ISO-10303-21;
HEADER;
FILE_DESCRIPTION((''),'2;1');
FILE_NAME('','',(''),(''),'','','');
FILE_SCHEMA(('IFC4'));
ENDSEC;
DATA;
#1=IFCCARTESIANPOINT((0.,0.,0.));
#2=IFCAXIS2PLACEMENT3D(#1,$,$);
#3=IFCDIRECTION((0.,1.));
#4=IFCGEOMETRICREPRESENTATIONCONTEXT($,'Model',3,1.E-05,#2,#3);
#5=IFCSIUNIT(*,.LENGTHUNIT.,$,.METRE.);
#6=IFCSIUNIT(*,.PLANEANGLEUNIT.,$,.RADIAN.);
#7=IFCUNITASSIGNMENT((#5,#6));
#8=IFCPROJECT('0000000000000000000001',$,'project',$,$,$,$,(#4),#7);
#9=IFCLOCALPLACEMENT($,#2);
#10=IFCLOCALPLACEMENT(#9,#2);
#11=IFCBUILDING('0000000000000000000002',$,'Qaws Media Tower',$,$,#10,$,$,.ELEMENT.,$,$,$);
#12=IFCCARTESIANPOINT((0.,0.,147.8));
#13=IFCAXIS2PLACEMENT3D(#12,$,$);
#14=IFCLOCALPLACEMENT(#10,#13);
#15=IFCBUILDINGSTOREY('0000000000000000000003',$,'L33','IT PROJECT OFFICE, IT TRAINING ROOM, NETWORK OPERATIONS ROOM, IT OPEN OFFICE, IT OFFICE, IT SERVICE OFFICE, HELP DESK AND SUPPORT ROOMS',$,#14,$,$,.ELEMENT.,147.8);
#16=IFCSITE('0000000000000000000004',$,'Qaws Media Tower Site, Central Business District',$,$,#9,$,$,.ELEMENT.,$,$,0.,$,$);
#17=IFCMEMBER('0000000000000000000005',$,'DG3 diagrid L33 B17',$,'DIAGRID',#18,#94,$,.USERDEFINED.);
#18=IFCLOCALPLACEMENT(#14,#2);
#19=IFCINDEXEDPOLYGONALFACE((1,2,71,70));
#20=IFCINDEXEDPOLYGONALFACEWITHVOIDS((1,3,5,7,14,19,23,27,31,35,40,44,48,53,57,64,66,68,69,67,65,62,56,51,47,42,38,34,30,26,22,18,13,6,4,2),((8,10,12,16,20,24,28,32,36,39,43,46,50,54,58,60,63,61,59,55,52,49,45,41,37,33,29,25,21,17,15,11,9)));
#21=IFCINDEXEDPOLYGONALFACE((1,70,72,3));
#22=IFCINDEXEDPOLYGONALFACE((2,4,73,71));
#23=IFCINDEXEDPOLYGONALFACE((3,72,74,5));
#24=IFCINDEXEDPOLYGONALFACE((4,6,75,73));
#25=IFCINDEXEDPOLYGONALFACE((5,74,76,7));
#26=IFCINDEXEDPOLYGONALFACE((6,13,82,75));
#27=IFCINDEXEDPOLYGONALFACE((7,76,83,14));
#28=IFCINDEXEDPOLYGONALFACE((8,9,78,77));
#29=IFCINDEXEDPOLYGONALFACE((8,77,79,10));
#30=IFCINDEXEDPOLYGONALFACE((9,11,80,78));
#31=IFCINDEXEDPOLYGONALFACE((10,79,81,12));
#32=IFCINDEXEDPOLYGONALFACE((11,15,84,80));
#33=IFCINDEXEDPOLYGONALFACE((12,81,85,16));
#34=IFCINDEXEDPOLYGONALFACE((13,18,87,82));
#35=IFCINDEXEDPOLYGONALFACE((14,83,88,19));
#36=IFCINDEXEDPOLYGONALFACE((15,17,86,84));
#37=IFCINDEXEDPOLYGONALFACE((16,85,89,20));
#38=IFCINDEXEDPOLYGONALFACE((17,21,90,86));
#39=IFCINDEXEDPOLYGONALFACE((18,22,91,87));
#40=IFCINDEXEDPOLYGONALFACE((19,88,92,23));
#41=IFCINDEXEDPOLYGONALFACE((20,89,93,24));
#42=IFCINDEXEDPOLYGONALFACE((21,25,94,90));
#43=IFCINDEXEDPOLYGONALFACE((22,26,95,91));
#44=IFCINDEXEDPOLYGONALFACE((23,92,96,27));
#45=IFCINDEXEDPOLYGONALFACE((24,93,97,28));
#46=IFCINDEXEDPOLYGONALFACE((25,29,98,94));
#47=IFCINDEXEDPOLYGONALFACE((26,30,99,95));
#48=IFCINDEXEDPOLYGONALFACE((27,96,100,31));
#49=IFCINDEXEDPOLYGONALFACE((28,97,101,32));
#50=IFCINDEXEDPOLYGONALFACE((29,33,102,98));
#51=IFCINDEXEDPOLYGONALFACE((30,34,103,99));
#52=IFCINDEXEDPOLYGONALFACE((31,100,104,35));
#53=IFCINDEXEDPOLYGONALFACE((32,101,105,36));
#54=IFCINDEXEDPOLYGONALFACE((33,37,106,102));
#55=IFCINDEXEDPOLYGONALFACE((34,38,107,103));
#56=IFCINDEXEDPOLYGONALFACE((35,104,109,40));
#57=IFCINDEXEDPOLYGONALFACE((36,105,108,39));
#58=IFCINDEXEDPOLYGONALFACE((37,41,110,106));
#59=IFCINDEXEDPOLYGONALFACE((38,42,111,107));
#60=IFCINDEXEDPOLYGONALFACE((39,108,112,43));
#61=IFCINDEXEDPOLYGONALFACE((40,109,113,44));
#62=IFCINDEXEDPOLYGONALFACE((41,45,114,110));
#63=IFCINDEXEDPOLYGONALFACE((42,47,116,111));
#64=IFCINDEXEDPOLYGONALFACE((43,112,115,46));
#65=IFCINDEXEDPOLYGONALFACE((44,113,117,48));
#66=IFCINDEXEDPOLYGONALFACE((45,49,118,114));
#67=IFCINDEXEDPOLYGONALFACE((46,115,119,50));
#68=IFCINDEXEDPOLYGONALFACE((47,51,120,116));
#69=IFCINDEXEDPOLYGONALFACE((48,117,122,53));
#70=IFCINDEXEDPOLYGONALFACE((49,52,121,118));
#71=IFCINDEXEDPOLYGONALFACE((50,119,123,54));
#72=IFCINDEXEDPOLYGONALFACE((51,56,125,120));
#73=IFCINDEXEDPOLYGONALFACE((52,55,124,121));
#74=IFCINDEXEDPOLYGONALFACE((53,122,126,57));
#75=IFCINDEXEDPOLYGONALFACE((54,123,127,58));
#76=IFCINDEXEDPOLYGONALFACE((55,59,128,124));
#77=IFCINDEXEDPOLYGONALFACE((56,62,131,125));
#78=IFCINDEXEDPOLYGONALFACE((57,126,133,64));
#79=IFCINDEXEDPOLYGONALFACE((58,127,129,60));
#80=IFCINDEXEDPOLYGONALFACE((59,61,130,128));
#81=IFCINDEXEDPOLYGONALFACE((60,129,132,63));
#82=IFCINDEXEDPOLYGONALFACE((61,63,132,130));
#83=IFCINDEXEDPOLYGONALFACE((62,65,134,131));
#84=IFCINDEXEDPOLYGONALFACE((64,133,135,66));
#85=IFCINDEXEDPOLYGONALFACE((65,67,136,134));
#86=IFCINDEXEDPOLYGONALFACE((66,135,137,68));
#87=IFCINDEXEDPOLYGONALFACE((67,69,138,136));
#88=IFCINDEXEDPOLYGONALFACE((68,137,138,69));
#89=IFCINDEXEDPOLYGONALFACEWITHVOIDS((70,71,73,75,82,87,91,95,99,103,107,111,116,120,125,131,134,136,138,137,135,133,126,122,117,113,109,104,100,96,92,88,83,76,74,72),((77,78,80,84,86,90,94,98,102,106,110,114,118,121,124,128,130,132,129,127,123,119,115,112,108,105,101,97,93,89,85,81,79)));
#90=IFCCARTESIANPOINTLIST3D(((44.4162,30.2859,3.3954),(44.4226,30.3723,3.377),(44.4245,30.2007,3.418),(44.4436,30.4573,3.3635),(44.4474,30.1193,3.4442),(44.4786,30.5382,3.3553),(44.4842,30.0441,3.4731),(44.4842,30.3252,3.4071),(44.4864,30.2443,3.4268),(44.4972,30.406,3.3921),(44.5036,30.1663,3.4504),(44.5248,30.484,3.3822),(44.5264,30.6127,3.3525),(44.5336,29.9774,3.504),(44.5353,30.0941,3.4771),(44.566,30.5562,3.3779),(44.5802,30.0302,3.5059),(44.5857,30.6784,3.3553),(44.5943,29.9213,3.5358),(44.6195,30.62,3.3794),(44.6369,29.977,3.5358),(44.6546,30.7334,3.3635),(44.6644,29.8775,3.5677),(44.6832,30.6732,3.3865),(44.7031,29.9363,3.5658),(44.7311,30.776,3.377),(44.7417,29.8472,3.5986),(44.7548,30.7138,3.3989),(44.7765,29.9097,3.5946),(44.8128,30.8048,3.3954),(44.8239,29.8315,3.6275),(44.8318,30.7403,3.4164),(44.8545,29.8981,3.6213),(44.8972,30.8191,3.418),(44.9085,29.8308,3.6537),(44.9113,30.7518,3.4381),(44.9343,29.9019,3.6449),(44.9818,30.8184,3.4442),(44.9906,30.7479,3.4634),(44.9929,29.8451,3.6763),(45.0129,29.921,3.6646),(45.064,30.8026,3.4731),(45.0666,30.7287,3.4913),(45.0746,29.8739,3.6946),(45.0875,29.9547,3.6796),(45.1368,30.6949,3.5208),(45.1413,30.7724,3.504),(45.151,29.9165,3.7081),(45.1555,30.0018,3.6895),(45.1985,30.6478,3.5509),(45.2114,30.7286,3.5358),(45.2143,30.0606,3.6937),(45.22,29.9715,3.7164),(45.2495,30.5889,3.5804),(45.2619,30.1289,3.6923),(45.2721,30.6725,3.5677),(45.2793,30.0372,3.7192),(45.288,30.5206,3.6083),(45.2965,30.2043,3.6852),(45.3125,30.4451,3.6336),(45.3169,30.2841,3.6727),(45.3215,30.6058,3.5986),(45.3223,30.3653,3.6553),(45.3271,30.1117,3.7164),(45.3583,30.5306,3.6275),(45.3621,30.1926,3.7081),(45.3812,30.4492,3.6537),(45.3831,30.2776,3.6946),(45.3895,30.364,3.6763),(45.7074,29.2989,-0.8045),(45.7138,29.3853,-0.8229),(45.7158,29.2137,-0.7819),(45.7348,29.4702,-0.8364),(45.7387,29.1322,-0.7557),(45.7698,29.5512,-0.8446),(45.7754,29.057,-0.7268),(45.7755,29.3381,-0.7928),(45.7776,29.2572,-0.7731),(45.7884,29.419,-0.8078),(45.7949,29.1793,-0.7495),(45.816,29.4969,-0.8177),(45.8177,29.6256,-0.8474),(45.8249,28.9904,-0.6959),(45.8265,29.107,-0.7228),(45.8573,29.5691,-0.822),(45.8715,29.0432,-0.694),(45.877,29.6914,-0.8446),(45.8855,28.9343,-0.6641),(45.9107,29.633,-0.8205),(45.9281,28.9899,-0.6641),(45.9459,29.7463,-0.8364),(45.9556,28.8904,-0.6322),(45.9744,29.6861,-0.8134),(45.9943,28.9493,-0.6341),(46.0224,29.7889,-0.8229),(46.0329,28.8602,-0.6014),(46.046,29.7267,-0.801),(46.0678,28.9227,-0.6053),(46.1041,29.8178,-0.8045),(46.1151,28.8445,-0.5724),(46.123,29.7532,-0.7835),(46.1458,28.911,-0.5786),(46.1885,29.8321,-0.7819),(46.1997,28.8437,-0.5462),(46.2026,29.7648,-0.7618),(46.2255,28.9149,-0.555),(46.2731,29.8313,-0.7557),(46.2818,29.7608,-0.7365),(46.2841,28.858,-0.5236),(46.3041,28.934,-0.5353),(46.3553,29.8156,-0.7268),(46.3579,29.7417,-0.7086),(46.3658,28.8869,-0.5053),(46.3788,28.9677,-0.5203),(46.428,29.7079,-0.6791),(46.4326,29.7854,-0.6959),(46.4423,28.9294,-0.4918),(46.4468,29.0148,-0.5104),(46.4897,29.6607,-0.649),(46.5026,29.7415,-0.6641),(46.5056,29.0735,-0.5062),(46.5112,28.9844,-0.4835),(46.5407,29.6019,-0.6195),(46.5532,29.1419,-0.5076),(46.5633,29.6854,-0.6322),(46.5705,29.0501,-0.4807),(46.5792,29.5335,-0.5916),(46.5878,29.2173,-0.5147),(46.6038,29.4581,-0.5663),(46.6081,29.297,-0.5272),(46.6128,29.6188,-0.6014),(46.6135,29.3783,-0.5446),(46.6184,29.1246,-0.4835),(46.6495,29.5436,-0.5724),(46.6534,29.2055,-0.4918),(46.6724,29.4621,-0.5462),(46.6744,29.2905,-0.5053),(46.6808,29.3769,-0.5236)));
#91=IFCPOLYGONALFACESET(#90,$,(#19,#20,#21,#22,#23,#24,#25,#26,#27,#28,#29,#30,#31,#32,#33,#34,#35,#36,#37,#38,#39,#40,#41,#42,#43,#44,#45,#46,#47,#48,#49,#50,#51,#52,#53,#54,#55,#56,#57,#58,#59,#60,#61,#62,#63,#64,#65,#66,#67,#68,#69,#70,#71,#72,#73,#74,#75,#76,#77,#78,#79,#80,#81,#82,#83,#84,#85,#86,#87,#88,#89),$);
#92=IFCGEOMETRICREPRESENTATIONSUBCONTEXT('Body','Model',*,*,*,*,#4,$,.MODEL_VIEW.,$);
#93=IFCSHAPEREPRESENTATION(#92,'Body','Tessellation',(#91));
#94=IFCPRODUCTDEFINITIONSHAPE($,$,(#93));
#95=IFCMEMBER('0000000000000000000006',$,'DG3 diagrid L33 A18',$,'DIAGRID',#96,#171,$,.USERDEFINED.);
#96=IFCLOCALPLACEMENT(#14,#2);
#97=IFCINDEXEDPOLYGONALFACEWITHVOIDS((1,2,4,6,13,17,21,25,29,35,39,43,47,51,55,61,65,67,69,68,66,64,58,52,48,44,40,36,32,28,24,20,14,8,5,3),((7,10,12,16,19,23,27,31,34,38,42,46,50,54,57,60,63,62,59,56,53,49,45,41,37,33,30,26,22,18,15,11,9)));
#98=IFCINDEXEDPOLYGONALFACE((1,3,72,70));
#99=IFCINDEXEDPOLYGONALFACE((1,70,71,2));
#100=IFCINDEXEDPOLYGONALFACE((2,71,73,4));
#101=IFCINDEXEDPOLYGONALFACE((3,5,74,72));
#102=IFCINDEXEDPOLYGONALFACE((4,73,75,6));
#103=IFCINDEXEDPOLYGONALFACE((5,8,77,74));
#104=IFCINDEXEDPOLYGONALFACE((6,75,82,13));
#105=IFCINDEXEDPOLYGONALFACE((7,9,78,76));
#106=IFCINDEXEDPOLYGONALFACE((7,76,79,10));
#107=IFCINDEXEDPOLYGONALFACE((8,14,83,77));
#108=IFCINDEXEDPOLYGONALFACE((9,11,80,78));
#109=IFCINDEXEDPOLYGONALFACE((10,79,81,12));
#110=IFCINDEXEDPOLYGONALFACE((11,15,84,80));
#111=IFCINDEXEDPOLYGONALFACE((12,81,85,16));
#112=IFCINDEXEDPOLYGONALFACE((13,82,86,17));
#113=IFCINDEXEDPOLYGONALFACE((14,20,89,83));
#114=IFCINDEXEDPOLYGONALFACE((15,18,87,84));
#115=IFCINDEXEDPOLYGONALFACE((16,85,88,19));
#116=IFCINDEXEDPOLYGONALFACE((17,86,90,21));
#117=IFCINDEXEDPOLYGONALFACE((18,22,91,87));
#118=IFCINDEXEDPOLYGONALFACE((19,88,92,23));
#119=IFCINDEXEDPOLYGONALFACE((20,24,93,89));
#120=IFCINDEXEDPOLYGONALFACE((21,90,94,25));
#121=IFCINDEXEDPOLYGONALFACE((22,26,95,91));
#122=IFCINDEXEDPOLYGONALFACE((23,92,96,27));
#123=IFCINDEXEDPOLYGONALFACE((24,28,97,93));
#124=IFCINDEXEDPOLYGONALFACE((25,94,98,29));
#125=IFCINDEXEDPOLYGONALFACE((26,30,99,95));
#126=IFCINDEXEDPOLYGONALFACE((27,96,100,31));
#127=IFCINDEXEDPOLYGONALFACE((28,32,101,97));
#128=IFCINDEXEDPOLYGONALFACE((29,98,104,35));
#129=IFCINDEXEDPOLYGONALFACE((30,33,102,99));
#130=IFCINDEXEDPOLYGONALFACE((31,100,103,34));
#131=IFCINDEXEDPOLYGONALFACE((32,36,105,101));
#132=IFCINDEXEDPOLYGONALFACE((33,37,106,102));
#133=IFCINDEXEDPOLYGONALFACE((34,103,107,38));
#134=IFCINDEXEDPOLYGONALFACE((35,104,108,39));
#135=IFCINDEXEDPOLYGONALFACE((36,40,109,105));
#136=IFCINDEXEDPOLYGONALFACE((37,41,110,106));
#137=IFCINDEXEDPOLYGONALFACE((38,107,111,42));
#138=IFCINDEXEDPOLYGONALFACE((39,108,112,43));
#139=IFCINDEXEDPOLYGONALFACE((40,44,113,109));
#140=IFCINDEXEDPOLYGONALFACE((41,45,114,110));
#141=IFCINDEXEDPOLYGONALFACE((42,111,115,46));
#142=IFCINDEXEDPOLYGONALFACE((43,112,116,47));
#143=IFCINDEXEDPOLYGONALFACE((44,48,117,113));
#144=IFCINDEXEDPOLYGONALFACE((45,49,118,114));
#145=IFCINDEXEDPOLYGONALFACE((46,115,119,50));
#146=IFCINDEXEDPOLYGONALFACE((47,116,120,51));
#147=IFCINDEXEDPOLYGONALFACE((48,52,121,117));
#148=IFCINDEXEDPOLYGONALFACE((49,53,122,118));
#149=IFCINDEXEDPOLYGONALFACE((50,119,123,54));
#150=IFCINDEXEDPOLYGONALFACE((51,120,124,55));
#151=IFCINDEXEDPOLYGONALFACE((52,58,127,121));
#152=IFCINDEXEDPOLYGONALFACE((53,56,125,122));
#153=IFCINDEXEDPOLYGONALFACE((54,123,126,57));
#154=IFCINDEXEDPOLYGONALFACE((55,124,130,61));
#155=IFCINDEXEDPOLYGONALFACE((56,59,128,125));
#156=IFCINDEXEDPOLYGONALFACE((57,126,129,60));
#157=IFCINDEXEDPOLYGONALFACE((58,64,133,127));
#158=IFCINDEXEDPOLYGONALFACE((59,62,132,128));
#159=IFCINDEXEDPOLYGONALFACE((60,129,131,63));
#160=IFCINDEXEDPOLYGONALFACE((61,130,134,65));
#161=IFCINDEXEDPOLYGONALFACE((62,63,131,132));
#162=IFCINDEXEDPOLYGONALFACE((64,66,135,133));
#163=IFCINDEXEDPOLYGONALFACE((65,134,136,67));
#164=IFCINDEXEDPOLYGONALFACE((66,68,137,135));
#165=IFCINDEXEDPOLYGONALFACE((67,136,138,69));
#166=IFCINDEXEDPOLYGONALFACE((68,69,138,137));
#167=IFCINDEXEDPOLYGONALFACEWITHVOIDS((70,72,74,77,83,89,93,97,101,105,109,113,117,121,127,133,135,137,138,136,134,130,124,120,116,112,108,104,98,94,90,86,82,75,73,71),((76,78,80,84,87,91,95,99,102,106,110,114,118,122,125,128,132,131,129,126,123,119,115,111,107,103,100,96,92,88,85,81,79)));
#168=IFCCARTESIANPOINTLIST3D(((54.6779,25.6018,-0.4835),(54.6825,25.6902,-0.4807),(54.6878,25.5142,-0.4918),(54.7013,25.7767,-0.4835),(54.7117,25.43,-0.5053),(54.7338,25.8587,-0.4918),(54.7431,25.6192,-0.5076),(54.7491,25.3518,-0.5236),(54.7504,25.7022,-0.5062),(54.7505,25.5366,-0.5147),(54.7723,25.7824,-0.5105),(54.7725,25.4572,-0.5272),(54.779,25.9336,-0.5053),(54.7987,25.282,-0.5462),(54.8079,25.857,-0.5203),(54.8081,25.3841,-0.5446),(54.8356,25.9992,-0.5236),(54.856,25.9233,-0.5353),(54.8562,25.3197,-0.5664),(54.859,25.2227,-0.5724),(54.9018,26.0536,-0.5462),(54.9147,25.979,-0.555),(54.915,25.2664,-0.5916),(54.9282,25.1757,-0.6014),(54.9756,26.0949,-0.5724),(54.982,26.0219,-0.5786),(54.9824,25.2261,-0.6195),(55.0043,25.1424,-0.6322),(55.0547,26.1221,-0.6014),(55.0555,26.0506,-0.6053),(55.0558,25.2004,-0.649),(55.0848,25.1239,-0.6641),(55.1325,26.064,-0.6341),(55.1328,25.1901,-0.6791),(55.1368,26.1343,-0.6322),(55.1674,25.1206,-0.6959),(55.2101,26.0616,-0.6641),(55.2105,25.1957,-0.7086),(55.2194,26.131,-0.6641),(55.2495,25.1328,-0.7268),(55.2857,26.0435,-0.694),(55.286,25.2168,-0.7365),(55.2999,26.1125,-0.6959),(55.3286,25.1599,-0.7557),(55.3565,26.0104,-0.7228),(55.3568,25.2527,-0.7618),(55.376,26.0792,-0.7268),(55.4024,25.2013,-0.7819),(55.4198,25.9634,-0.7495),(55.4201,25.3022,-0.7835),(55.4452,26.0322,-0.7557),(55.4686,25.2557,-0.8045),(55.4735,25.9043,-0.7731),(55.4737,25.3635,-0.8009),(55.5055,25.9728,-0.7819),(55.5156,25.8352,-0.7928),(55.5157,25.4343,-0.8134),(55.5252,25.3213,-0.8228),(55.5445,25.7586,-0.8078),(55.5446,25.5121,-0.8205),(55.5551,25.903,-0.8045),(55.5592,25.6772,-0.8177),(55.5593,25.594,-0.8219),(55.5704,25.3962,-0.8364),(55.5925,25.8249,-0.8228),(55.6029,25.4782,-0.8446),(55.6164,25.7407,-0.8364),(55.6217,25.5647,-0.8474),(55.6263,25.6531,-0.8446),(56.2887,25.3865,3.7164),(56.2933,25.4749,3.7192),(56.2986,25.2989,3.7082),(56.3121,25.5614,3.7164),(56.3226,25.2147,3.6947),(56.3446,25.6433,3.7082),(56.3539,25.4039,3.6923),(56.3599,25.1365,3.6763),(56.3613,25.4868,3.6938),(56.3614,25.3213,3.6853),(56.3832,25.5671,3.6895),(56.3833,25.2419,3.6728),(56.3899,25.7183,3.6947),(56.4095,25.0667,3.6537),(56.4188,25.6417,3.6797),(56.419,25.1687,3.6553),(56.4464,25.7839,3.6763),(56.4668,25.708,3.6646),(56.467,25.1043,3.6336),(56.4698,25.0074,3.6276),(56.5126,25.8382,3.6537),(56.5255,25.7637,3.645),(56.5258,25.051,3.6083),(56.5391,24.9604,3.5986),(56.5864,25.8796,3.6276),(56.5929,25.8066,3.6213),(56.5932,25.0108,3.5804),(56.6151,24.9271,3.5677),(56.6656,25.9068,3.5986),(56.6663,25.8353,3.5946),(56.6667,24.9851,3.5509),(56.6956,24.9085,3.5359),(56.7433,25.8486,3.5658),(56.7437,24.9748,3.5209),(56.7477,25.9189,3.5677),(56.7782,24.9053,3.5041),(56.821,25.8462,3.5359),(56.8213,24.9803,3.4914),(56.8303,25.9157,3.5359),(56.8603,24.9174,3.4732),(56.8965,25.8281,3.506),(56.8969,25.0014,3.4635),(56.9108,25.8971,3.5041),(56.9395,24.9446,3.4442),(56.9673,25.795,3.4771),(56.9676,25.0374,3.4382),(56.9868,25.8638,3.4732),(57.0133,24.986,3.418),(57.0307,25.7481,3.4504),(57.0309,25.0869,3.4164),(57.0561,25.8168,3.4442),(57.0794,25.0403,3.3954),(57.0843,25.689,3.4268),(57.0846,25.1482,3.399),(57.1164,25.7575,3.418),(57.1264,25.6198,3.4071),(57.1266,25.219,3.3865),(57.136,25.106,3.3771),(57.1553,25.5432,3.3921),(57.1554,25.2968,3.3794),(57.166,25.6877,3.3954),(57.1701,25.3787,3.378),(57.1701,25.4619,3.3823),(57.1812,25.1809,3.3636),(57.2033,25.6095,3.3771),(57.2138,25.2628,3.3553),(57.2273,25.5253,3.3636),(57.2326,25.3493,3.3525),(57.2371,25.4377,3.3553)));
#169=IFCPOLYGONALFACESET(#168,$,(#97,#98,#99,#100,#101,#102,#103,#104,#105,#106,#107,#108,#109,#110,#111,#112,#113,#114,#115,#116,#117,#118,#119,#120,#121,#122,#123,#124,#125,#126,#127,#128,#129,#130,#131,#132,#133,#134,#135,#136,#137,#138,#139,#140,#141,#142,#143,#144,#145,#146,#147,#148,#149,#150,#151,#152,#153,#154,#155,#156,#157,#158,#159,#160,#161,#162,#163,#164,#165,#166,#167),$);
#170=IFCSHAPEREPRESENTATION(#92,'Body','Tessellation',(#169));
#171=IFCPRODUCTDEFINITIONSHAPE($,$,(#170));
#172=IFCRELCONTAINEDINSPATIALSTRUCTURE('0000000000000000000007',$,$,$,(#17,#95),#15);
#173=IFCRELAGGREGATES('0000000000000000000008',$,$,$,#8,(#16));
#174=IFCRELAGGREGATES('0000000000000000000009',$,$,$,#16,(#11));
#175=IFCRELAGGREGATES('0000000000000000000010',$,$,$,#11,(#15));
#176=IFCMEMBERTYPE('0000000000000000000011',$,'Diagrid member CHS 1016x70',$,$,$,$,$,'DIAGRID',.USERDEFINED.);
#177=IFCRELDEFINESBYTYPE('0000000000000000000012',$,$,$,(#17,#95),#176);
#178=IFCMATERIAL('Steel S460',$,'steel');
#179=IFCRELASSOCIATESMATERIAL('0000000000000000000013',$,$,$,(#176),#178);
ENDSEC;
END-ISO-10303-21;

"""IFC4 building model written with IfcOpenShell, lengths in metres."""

from ifc_helpers import new_model, si_unit, direction, frame, origin, origin_2d, place, context, subcontext, project, spatial, hollow_circle, extrude, material, material_profile, profile_set, type_object, element, save


model = new_model("IFC4")

# Units and contexts
model_context = context("Model", 3, precision=1e-05, world=origin(), true_north=direction((0.0, 1.0)))
body_context = subcontext(model_context, "Body", "Model", "MODEL_VIEW")
ifc_project = project(units=[si_unit("LENGTHUNIT", "METRE"), si_unit("PLANEANGLEUNIT", "RADIAN")], contexts=[model_context])

# Site, building, storey
site_placement = place(None, origin())
site = spatial("IfcSite", under=ifc_project, at=site_placement, Name="Qaws Media Tower Site, Central Business District", CompositionType="ELEMENT", RefElevation=0.0)
building_placement = place(site_placement, origin())
building = spatial("IfcBuilding", under=site, at=building_placement, Name="Qaws Media Tower", CompositionType="ELEMENT")
storey_placement = place(building_placement, frame((0.0, 0.0, 147.8)))
storey = spatial("IfcBuildingStorey", under=building, at=storey_placement, Name="L33", Description="IT PROJECT OFFICE, IT TRAINING ROOM, NETWORK OPERATIONS ROOM, IT OPEN OFFICE, IT OFFICE, IT SERVICE OFFICE, HELP DESK AND SUPPORT ROOMS", CompositionType="ELEMENT", Elevation=147.8)

# Members
ifc_material_1 = material(Name="Steel S460", Category="steel")
ifc_material_profile_1 = material_profile(ifc_material_1, hollow_circle(Radius=0.5081, WallThickness=0.0701, at=origin_2d()), Name="CHS 1016x70")
ifc_profile_set_1 = profile_set([ifc_material_profile_1], Name="Steel S460")
member_type_1 = type_object("IfcMemberType", Name="Diagrid member CHS 1016x70", ElementType="DIAGRID", PredefinedType="USERDEFINED", material=ifc_profile_set_1)
for number, where, z_axis, x_axis, name in (
    (1, (46.1941, 29.3379, -0.6641), (-0.286726, 0.219178, 0.932604), (-0.607305, -0.794469, 0.0), "DG3 diagrid L33 B17"),
    (2, (55.1521, 25.6274, -0.6641), (0.357693, -0.047815, 0.932614), (0.132498, 0.991183, 0.0), "DG3 diagrid L33 A18"),
):
    element("IfcMember", number, at=place(storey_placement, frame(where, z_axis=z_axis, x_axis=x_axis)), inside=storey, type_object=member_type_1, Name=name, ObjectType="DIAGRID", PredefinedType="USERDEFINED", context=body_context, shape_type="SweptSolid", body=[
        extrude(hollow_circle(Radius=0.5081, WallThickness=0.0701, at=origin_2d()), origin(), (0.0, 0.0, 1.0), 4.5034),
    ])

save(model, "model.ifc")
